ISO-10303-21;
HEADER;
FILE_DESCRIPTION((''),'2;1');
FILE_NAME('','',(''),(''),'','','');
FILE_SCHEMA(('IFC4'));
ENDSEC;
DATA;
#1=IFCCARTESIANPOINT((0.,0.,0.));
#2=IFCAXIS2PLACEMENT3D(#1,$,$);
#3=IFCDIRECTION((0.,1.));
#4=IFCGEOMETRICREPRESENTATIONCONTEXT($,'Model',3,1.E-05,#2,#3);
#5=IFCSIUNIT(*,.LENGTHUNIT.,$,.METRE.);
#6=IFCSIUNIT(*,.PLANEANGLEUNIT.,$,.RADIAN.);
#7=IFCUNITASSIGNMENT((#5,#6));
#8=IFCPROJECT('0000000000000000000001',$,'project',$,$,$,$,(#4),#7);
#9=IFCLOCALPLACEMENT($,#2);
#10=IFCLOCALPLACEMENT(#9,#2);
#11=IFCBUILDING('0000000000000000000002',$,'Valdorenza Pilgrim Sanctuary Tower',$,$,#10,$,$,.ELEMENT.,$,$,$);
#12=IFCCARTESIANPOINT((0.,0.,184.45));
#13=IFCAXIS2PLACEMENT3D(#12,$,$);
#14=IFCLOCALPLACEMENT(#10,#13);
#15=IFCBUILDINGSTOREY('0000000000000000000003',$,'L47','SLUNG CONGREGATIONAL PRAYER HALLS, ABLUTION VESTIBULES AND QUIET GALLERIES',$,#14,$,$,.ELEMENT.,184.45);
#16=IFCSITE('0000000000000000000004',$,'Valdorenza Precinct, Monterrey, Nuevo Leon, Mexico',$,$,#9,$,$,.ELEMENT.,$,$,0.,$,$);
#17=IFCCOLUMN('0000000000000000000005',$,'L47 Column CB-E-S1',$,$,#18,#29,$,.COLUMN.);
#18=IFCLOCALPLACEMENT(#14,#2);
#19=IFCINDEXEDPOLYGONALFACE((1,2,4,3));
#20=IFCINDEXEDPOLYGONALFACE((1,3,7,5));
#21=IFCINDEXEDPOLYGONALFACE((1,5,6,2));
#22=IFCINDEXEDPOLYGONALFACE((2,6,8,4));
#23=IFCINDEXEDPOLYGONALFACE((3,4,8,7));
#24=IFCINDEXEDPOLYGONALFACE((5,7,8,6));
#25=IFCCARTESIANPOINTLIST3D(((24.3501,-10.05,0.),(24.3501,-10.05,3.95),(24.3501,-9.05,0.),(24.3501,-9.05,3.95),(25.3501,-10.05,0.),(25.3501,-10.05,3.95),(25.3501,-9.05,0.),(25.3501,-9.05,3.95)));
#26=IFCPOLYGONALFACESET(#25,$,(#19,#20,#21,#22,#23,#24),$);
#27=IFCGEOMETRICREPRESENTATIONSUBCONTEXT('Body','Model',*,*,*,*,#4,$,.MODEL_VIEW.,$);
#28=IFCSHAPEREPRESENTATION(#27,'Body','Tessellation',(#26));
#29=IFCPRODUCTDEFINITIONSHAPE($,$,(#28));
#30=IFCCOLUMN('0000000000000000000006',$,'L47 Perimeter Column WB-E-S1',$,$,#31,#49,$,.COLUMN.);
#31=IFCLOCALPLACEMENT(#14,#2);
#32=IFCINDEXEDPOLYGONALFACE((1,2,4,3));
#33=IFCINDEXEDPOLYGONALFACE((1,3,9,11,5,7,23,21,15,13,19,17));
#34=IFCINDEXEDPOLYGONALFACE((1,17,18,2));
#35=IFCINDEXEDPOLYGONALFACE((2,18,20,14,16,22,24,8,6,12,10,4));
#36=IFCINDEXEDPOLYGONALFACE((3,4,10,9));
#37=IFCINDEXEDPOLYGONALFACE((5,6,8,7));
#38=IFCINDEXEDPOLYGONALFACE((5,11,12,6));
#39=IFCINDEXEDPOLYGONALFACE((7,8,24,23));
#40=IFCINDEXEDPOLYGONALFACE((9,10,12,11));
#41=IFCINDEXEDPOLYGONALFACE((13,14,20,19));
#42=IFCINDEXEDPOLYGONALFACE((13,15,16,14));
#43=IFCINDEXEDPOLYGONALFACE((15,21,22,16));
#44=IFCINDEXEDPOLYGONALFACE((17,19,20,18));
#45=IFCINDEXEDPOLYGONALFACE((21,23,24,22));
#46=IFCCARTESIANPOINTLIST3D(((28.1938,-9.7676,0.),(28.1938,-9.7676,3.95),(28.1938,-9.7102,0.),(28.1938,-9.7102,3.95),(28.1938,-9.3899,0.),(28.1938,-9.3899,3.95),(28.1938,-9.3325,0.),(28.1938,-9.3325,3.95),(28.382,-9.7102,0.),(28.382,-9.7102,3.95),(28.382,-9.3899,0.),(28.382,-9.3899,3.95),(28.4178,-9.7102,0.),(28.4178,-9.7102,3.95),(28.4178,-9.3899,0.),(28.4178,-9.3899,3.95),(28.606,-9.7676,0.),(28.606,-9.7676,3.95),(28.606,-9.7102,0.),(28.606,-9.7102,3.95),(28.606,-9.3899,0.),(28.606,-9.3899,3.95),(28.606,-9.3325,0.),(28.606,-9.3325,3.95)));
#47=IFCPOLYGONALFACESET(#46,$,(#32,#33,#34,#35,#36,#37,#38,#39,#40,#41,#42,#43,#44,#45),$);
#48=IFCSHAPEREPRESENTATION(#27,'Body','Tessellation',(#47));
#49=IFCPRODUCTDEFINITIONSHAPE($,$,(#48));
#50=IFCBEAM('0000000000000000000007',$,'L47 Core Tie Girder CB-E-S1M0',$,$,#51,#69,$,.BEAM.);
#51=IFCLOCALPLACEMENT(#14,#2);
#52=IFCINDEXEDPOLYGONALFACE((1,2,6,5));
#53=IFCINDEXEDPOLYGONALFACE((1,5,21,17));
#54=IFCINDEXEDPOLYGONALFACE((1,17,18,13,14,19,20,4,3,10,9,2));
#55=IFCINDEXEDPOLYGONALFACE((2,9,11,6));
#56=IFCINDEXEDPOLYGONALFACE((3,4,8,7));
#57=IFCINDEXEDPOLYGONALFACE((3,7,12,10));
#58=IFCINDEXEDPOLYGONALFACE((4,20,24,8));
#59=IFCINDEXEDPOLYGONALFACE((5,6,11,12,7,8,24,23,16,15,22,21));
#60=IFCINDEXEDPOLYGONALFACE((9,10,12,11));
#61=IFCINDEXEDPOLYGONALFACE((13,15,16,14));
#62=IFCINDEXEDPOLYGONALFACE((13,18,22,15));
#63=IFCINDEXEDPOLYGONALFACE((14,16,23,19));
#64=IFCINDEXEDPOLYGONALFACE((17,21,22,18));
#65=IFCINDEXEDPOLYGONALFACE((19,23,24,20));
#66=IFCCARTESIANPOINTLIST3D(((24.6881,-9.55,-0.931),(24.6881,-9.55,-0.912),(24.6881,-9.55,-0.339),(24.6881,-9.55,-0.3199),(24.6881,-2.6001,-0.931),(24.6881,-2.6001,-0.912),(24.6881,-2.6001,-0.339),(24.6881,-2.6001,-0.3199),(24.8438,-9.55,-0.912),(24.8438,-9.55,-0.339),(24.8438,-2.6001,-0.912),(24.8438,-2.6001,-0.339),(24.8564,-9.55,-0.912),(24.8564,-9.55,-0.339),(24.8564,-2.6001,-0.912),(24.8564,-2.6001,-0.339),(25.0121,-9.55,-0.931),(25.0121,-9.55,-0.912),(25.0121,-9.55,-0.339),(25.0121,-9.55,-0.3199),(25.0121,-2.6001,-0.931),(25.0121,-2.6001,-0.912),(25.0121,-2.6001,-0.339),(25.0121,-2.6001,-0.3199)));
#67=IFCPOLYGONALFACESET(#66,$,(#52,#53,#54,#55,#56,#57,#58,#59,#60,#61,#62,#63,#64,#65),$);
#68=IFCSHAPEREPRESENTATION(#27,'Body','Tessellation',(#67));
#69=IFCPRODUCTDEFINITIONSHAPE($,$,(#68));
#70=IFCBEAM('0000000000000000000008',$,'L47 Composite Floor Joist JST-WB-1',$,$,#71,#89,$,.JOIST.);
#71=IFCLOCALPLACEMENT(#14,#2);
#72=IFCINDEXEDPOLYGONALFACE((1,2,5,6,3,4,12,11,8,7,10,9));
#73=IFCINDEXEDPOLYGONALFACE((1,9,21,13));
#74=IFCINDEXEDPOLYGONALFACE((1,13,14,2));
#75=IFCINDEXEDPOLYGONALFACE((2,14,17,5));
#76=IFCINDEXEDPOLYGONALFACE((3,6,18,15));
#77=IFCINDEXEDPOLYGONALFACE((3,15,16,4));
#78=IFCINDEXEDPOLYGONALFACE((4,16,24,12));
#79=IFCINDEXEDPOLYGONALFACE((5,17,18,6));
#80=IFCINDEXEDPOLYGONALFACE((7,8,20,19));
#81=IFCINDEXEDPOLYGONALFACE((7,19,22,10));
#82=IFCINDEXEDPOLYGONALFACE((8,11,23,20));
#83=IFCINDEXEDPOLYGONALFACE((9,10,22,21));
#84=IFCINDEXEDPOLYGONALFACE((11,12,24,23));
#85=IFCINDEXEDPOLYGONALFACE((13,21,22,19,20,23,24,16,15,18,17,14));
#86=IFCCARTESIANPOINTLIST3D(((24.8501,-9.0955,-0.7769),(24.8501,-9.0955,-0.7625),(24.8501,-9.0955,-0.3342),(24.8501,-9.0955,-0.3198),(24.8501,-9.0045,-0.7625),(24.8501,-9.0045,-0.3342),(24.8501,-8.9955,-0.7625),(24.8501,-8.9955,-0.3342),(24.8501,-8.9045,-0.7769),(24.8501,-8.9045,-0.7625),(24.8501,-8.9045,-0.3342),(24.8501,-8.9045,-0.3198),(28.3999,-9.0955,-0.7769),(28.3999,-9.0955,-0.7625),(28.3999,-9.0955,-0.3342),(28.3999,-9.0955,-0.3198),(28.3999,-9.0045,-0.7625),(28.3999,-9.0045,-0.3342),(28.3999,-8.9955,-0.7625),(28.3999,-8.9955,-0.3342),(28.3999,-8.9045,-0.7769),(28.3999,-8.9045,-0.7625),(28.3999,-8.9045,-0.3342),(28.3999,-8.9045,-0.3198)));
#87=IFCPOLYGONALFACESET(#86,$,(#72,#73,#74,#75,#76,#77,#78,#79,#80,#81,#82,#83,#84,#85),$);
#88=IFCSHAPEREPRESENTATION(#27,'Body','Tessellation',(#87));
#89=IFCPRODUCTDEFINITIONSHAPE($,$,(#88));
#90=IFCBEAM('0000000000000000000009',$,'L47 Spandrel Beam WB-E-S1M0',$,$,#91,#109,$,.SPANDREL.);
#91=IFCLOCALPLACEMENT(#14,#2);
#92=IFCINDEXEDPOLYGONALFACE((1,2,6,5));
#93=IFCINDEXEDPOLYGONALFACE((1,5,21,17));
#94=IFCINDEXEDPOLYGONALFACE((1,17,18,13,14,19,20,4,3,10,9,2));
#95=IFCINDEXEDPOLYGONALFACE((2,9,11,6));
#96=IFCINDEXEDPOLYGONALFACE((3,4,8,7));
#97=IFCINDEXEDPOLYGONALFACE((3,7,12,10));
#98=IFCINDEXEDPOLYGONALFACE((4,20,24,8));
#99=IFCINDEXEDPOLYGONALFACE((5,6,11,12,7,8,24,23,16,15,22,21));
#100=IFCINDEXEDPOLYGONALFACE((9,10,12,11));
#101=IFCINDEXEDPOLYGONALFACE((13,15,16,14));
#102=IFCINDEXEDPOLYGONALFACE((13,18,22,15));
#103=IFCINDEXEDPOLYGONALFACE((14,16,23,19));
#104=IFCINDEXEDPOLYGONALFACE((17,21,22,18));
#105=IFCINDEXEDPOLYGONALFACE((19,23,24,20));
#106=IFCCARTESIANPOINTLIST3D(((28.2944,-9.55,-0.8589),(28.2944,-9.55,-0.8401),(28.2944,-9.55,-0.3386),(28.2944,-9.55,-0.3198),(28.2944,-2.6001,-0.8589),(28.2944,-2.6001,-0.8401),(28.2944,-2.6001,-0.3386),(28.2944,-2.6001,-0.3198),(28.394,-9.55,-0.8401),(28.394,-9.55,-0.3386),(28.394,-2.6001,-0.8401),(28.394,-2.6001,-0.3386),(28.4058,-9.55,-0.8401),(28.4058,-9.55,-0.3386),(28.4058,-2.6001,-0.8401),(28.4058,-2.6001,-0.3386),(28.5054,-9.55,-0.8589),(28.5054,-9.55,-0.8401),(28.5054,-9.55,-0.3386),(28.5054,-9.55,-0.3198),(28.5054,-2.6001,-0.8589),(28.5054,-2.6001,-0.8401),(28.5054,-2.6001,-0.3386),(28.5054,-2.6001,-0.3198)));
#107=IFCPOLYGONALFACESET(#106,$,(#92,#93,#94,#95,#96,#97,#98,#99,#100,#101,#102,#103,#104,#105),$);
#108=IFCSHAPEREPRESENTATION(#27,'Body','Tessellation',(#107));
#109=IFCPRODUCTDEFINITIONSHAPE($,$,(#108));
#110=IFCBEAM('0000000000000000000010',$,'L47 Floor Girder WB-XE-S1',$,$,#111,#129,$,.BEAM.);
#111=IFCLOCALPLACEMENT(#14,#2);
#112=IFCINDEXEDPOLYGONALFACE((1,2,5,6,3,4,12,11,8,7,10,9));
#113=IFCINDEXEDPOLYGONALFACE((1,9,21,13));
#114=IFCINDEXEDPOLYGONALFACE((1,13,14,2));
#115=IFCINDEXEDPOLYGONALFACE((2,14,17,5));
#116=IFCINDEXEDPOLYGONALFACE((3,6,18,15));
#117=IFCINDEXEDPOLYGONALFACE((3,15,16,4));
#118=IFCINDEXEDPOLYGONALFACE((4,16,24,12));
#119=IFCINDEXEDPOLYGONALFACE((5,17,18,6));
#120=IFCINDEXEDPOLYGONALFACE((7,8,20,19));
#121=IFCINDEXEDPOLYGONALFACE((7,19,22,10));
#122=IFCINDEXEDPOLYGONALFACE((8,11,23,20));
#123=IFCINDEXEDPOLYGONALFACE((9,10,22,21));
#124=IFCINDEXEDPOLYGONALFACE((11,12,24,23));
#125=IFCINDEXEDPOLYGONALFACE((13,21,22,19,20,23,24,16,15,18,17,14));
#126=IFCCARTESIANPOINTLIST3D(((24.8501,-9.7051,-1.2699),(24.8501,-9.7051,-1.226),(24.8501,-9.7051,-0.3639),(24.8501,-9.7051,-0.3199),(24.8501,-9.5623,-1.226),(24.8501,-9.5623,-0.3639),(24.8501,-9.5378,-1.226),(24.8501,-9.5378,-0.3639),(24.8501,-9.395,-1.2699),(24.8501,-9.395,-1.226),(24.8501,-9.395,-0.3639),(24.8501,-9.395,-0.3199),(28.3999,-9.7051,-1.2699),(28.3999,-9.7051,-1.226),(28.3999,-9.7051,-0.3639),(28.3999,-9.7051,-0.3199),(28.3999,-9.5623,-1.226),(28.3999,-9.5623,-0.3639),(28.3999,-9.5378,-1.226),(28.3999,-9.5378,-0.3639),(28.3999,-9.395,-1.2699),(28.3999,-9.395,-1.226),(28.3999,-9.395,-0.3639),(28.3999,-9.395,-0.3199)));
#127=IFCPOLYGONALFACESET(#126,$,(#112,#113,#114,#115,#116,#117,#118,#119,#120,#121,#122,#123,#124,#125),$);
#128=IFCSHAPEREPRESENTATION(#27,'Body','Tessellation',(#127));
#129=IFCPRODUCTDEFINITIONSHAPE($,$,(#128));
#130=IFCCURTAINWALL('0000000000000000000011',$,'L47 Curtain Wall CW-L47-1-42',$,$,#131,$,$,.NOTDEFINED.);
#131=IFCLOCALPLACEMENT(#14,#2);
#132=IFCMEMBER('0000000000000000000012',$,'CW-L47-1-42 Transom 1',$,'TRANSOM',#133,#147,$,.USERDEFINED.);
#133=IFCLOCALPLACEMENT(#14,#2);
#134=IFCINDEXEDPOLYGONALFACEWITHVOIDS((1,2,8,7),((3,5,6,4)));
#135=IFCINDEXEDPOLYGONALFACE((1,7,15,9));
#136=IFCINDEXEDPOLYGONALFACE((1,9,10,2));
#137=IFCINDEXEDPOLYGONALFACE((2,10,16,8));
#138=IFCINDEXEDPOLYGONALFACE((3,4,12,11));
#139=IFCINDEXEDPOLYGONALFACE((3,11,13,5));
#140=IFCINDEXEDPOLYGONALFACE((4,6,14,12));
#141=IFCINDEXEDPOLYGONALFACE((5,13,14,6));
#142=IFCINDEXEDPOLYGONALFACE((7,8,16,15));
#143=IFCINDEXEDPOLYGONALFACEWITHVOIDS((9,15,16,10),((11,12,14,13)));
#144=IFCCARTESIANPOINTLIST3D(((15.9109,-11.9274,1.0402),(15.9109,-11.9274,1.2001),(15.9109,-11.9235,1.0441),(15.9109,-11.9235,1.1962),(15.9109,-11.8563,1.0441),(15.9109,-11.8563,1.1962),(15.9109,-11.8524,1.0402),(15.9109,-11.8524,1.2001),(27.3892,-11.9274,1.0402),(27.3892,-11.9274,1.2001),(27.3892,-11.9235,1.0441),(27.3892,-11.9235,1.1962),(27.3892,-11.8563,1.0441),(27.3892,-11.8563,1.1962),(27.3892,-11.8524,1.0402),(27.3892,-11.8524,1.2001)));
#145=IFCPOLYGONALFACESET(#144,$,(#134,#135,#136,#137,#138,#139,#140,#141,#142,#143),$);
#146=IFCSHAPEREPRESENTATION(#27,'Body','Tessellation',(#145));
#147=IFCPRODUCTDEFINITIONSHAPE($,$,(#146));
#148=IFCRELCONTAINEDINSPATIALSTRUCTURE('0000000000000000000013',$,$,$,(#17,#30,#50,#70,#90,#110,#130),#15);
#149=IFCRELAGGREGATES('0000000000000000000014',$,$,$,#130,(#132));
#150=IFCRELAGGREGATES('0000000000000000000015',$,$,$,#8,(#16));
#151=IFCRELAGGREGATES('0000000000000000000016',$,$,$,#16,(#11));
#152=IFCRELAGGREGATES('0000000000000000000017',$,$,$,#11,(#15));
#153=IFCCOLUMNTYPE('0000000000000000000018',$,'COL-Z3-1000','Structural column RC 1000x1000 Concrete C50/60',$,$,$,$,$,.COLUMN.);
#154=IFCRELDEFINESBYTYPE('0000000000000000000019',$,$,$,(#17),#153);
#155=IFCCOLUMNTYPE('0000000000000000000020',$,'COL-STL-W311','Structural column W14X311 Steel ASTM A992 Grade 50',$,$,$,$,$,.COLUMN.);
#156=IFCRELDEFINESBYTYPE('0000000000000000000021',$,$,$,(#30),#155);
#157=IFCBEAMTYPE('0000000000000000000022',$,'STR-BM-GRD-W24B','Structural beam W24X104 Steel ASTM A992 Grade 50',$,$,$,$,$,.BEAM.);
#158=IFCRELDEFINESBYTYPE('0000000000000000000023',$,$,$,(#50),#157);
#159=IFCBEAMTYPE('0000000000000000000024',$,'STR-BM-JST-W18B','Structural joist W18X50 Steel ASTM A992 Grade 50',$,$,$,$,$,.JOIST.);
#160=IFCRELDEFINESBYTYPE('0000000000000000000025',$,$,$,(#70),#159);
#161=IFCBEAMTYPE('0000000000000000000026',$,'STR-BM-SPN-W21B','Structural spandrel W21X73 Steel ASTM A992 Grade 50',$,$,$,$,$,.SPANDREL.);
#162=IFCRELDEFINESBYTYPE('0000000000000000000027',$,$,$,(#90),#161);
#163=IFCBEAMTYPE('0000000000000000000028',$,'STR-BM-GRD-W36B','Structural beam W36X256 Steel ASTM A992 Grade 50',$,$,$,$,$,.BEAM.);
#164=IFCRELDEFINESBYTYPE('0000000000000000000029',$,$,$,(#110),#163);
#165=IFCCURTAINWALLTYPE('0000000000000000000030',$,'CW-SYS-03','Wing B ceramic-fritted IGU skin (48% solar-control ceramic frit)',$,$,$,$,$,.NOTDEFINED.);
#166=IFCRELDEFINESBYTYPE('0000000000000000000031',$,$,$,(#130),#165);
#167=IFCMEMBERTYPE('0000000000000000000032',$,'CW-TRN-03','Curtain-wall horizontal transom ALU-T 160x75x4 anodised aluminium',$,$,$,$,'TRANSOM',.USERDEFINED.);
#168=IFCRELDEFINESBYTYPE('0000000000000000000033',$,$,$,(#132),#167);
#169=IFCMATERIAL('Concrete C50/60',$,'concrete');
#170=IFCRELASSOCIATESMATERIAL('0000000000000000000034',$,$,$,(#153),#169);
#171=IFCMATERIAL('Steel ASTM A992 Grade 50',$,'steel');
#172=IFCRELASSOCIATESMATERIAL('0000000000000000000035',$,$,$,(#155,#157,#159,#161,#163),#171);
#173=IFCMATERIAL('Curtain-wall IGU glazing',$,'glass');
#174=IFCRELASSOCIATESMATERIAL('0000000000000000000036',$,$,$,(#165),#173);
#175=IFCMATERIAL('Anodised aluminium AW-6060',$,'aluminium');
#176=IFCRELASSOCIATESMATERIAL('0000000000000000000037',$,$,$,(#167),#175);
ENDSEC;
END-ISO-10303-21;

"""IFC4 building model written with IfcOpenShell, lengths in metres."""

from ifc_helpers import new_model, si_unit, direction, frame, origin, origin_2d, place, context, subcontext, project, spatial, rectangle, hollow_rectangle, i_section, extrude, source, transform, mapped, material, material_profile, profile_set, type_object, element, aggregate, save


model = new_model("IFC4")

# Units and contexts
model_context = context("Model", 3, precision=1e-05, world=origin(), true_north=direction((0.0, 1.0)))
body_context = subcontext(model_context, "Body", "Model", "MODEL_VIEW")
ifc_project = project(units=[si_unit("LENGTHUNIT", "METRE"), si_unit("PLANEANGLEUNIT", "RADIAN")], contexts=[model_context])

# Site, building, storey
site_placement = place(None, origin())
site = spatial("IfcSite", under=ifc_project, at=site_placement, Name="Valdorenza Precinct, Monterrey, Nuevo Leon, Mexico", CompositionType="ELEMENT", RefElevation=0.0)
building_placement = place(site_placement, origin())
building = spatial("IfcBuilding", under=site, at=building_placement, Name="Valdorenza Pilgrim Sanctuary Tower", CompositionType="ELEMENT")
storey_placement = place(building_placement, frame((0.0, 0.0, 184.45)))
storey = spatial("IfcBuildingStorey", under=building, at=storey_placement, Name="L47", Description="SLUNG CONGREGATIONAL PRAYER HALLS, ABLUTION VESTIBULES AND QUIET GALLERIES", CompositionType="ELEMENT", Elevation=184.45)

# Columns
ifc_material_1 = material(Name="Concrete C50/60", Category="concrete")
ifc_material_profile_1 = material_profile(ifc_material_1, rectangle(XDim=1.0, YDim=1.0, at=origin_2d()), Name="RC 1000x1000")
ifc_profile_set_1 = profile_set([ifc_material_profile_1], Name="Concrete C50/60")
column_type_1 = type_object("IfcColumnType", Name="COL-Z3-1000", Description="Structural column RC 1000x1000 Concrete C50/60", PredefinedType="COLUMN", material=ifc_profile_set_1)
shared_shape_1 = source(origin(), body_context, "Body", "SweptSolid", [
    extrude(rectangle(XDim=1.0, YDim=1.0, at=origin_2d()), origin(), (0.0, 0.0, 1.0), 3.95),
])
column_1_placement = place(storey_placement, frame((24.8501, -9.55, 0.0), z_axis=(0.0, 0.0, 1.0), x_axis=(1.0, 0.0, 0.0)))
element("IfcColumn", 1, at=column_1_placement, inside=storey, type_object=column_type_1, Name="L47 Column CB-E-S1", PredefinedType="COLUMN", context=body_context, shape_type="MappedRepresentation", body=[
    mapped(shared_shape_1, transform((0.0, 0.0, 0.0), x_axis=(1.0, 0.0, 0.0), y_axis=(0.0, 1.0, 0.0), z_axis=(0.0, 0.0, 1.0), scale=1.0)),
])
ifc_material_2 = material(Name="Steel ASTM A992 Grade 50", Category="steel")
ifc_material_profile_2 = material_profile(ifc_material_2, i_section(OverallWidth=0.4121, OverallDepth=0.4351, WebThickness=0.0359, FlangeThickness=0.0574, at=origin_2d()), Name="W14X311")
ifc_profile_set_2 = profile_set([ifc_material_profile_2], Name="Steel ASTM A992 Grade 50")
column_type_2 = type_object("IfcColumnType", Name="COL-STL-W311", Description="Structural column W14X311 Steel ASTM A992 Grade 50", PredefinedType="COLUMN", material=ifc_profile_set_2)
shared_shape_2 = source(origin(), body_context, "Body", "SweptSolid", [
    extrude(i_section(OverallWidth=0.4121, OverallDepth=0.4351, WebThickness=0.0359, FlangeThickness=0.0574, at=origin_2d()), origin(), (0.0, 0.0, 1.0), 3.95),
])
column_2_placement = place(storey_placement, frame((28.3999, -9.55, 0.0), z_axis=(0.0, 0.0, 1.0), x_axis=(1.0, 0.0, 0.0)))
element("IfcColumn", 2, at=column_2_placement, inside=storey, type_object=column_type_2, Name="L47 Perimeter Column WB-E-S1", PredefinedType="COLUMN", context=body_context, shape_type="MappedRepresentation", body=[
    mapped(shared_shape_2, transform((0.0, 0.0, 0.0), x_axis=(1.0, 0.0, 0.0), y_axis=(0.0, 1.0, 0.0), z_axis=(0.0, 0.0, 1.0), scale=1.0)),
])

# Beams
ifc_material_profile_3 = material_profile(ifc_material_2, i_section(OverallWidth=0.324, OverallDepth=0.6111, WebThickness=0.0127, FlangeThickness=0.019, at=origin_2d()), Name="W24X104")
ifc_profile_set_3 = profile_set([ifc_material_profile_3], Name="Steel ASTM A992 Grade 50")
beam_type_1 = type_object("IfcBeamType", Name="STR-BM-GRD-W24B", Description="Structural beam W24X104 Steel ASTM A992 Grade 50", PredefinedType="BEAM", material=ifc_profile_set_3)
shared_shape_3 = source(origin(), body_context, "Body", "SweptSolid", [
    extrude(i_section(OverallWidth=0.324, OverallDepth=0.6111, WebThickness=0.0127, FlangeThickness=0.019, at=origin_2d()), origin(), (0.0, 0.0, 1.0), 6.95),
])
beam_1_placement = place(storey_placement, frame((24.8501, -9.55, -0.6255), z_axis=(0.0, 1.0, 0.0), x_axis=(-1.0, 0.0, 0.0)))
element("IfcBeam", 3, at=beam_1_placement, inside=storey, type_object=beam_type_1, Name="L47 Core Tie Girder CB-E-S1M0", PredefinedType="BEAM", context=body_context, shape_type="MappedRepresentation", body=[
    mapped(shared_shape_3, transform((0.0, 0.0, 0.0), x_axis=(1.0, 0.0, 0.0), y_axis=(0.0, 1.0, 0.0), z_axis=(0.0, 0.0, 1.0), scale=1.0)),
])
ifc_material_profile_4 = material_profile(ifc_material_2, i_section(OverallWidth=0.1909, OverallDepth=0.457, WebThickness=0.009, FlangeThickness=0.0144, at=origin_2d()), Name="W18X50")
ifc_profile_set_4 = profile_set([ifc_material_profile_4], Name="Steel ASTM A992 Grade 50")
beam_type_2 = type_object("IfcBeamType", Name="STR-BM-JST-W18B", Description="Structural joist W18X50 Steel ASTM A992 Grade 50", PredefinedType="JOIST", material=ifc_profile_set_4)
shared_shape_4 = source(origin(), body_context, "Body", "SweptSolid", [
    extrude(i_section(OverallWidth=0.1909, OverallDepth=0.457, WebThickness=0.009, FlangeThickness=0.0144, at=origin_2d()), origin(), (0.0, 0.0, 1.0), 3.5498),
])
beam_2_placement = place(storey_placement, frame((24.8501, -9.0, -0.5483), z_axis=(1.0, 0.0, 0.0), x_axis=(0.0, 1.0, 0.0)))
element("IfcBeam", 4, at=beam_2_placement, inside=storey, type_object=beam_type_2, Name="L47 Composite Floor Joist JST-WB-1", PredefinedType="JOIST", context=body_context, shape_type="MappedRepresentation", body=[
    mapped(shared_shape_4, transform((0.0, 0.0, 0.0), x_axis=(1.0, 0.0, 0.0), y_axis=(0.0, 1.0, 0.0), z_axis=(0.0, 0.0, 1.0), scale=1.0)),
])
ifc_material_profile_5 = material_profile(ifc_material_2, i_section(OverallWidth=0.2109, OverallDepth=0.5391, WebThickness=0.0117, FlangeThickness=0.0188, at=origin_2d()), Name="W21X73")
ifc_profile_set_5 = profile_set([ifc_material_profile_5], Name="Steel ASTM A992 Grade 50")
beam_type_3 = type_object("IfcBeamType", Name="STR-BM-SPN-W21B", Description="Structural spandrel W21X73 Steel ASTM A992 Grade 50", PredefinedType="SPANDREL", material=ifc_profile_set_5)
shared_shape_5 = source(origin(), body_context, "Body", "SweptSolid", [
    extrude(i_section(OverallWidth=0.2109, OverallDepth=0.5391, WebThickness=0.0117, FlangeThickness=0.0188, at=origin_2d()), origin(), (0.0, 0.0, 1.0), 6.95),
])
beam_3_placement = place(storey_placement, frame((28.3999, -9.55, -0.5894), z_axis=(0.0, 1.0, 0.0), x_axis=(-1.0, 0.0, 0.0)))
element("IfcBeam", 5, at=beam_3_placement, inside=storey, type_object=beam_type_3, Name="L47 Spandrel Beam WB-E-S1M0", PredefinedType="SPANDREL", context=body_context, shape_type="MappedRepresentation", body=[
    mapped(shared_shape_5, transform((0.0, 0.0, 0.0), x_axis=(1.0, 0.0, 0.0), y_axis=(0.0, 1.0, 0.0), z_axis=(0.0, 0.0, 1.0), scale=1.0)),
])
ifc_material_profile_6 = material_profile(ifc_material_2, i_section(OverallWidth=0.3101, OverallDepth=0.95, WebThickness=0.0244, FlangeThickness=0.0439, at=origin_2d()), Name="W36X256")
ifc_profile_set_6 = profile_set([ifc_material_profile_6], Name="Steel ASTM A992 Grade 50")
beam_type_4 = type_object("IfcBeamType", Name="STR-BM-GRD-W36B", Description="Structural beam W36X256 Steel ASTM A992 Grade 50", PredefinedType="BEAM", material=ifc_profile_set_6)
shared_shape_6 = source(origin(), body_context, "Body", "SweptSolid", [
    extrude(i_section(OverallWidth=0.3101, OverallDepth=0.95, WebThickness=0.0244, FlangeThickness=0.0439, at=origin_2d()), origin(), (0.0, 0.0, 1.0), 3.5498),
])
beam_4_placement = place(storey_placement, frame((24.8501, -9.55, -0.7949), z_axis=(1.0, 0.0, 0.0), x_axis=(0.0, 1.0, 0.0)))
element("IfcBeam", 6, at=beam_4_placement, inside=storey, type_object=beam_type_4, Name="L47 Floor Girder WB-XE-S1", PredefinedType="BEAM", context=body_context, shape_type="MappedRepresentation", body=[
    mapped(shared_shape_6, transform((0.0, 0.0, 0.0), x_axis=(1.0, 0.0, 0.0), y_axis=(0.0, 1.0, 0.0), z_axis=(0.0, 0.0, 1.0), scale=1.0)),
])

# Curtain wall, member
ifc_material_3 = material(Name="Curtain-wall IGU glazing", Category="glass")
curtain_wall_type = type_object("IfcCurtainWallType", Name="CW-SYS-03", Description="Wing B ceramic-fritted IGU skin (48% solar-control ceramic frit)", PredefinedType="NOTDEFINED", material=ifc_material_3)
curtain_wall_1_placement = place(storey_placement, origin())
curtain_wall_1 = element("IfcCurtainWall", 7, at=curtain_wall_1_placement, inside=storey, type_object=curtain_wall_type, Name="L47 Curtain Wall CW-L47-1-42", PredefinedType="NOTDEFINED")
ifc_material_4 = material(Name="Anodised aluminium AW-6060", Category="aluminium")
ifc_material_profile_7 = material_profile(ifc_material_4, hollow_rectangle(XDim=0.075, YDim=0.1599, WallThickness=0.0039, at=origin_2d()), Name="ALU-T 160x75x4")
ifc_profile_set_7 = profile_set([ifc_material_profile_7], Name="Anodised aluminium AW-6060")
member_type_1 = type_object("IfcMemberType", Name="CW-TRN-03", Description="Curtain-wall horizontal transom ALU-T 160x75x4 anodised aluminium", ElementType="TRANSOM", PredefinedType="USERDEFINED", material=ifc_profile_set_7)
shared_shape_7 = source(origin(), body_context, "Body", "SweptSolid", [
    extrude(hollow_rectangle(XDim=0.075, YDim=0.1599, WallThickness=0.0039, at=origin_2d()), origin(), (0.0, 0.0, 1.0), 11.4783),
])
member_1_placement = place(storey_placement, frame((27.3892, -11.8899, 1.1201), z_axis=(-1.0, 0.0, 0.0), x_axis=(0.0, -1.0, 0.0)))
member_1 = element("IfcMember", 8, at=member_1_placement, type_object=member_type_1, Name="CW-L47-1-42 Transom 1", ObjectType="TRANSOM", PredefinedType="USERDEFINED", context=body_context, shape_type="MappedRepresentation", body=[
    mapped(shared_shape_7, transform((0.0, 0.0, 0.0), x_axis=(1.0, 0.0, 0.0), y_axis=(0.0, 1.0, 0.0), z_axis=(0.0, 0.0, 1.0), scale=1.0)),
])

aggregate(curtain_wall_1, [member_1])

save(model, "model.ifc")
